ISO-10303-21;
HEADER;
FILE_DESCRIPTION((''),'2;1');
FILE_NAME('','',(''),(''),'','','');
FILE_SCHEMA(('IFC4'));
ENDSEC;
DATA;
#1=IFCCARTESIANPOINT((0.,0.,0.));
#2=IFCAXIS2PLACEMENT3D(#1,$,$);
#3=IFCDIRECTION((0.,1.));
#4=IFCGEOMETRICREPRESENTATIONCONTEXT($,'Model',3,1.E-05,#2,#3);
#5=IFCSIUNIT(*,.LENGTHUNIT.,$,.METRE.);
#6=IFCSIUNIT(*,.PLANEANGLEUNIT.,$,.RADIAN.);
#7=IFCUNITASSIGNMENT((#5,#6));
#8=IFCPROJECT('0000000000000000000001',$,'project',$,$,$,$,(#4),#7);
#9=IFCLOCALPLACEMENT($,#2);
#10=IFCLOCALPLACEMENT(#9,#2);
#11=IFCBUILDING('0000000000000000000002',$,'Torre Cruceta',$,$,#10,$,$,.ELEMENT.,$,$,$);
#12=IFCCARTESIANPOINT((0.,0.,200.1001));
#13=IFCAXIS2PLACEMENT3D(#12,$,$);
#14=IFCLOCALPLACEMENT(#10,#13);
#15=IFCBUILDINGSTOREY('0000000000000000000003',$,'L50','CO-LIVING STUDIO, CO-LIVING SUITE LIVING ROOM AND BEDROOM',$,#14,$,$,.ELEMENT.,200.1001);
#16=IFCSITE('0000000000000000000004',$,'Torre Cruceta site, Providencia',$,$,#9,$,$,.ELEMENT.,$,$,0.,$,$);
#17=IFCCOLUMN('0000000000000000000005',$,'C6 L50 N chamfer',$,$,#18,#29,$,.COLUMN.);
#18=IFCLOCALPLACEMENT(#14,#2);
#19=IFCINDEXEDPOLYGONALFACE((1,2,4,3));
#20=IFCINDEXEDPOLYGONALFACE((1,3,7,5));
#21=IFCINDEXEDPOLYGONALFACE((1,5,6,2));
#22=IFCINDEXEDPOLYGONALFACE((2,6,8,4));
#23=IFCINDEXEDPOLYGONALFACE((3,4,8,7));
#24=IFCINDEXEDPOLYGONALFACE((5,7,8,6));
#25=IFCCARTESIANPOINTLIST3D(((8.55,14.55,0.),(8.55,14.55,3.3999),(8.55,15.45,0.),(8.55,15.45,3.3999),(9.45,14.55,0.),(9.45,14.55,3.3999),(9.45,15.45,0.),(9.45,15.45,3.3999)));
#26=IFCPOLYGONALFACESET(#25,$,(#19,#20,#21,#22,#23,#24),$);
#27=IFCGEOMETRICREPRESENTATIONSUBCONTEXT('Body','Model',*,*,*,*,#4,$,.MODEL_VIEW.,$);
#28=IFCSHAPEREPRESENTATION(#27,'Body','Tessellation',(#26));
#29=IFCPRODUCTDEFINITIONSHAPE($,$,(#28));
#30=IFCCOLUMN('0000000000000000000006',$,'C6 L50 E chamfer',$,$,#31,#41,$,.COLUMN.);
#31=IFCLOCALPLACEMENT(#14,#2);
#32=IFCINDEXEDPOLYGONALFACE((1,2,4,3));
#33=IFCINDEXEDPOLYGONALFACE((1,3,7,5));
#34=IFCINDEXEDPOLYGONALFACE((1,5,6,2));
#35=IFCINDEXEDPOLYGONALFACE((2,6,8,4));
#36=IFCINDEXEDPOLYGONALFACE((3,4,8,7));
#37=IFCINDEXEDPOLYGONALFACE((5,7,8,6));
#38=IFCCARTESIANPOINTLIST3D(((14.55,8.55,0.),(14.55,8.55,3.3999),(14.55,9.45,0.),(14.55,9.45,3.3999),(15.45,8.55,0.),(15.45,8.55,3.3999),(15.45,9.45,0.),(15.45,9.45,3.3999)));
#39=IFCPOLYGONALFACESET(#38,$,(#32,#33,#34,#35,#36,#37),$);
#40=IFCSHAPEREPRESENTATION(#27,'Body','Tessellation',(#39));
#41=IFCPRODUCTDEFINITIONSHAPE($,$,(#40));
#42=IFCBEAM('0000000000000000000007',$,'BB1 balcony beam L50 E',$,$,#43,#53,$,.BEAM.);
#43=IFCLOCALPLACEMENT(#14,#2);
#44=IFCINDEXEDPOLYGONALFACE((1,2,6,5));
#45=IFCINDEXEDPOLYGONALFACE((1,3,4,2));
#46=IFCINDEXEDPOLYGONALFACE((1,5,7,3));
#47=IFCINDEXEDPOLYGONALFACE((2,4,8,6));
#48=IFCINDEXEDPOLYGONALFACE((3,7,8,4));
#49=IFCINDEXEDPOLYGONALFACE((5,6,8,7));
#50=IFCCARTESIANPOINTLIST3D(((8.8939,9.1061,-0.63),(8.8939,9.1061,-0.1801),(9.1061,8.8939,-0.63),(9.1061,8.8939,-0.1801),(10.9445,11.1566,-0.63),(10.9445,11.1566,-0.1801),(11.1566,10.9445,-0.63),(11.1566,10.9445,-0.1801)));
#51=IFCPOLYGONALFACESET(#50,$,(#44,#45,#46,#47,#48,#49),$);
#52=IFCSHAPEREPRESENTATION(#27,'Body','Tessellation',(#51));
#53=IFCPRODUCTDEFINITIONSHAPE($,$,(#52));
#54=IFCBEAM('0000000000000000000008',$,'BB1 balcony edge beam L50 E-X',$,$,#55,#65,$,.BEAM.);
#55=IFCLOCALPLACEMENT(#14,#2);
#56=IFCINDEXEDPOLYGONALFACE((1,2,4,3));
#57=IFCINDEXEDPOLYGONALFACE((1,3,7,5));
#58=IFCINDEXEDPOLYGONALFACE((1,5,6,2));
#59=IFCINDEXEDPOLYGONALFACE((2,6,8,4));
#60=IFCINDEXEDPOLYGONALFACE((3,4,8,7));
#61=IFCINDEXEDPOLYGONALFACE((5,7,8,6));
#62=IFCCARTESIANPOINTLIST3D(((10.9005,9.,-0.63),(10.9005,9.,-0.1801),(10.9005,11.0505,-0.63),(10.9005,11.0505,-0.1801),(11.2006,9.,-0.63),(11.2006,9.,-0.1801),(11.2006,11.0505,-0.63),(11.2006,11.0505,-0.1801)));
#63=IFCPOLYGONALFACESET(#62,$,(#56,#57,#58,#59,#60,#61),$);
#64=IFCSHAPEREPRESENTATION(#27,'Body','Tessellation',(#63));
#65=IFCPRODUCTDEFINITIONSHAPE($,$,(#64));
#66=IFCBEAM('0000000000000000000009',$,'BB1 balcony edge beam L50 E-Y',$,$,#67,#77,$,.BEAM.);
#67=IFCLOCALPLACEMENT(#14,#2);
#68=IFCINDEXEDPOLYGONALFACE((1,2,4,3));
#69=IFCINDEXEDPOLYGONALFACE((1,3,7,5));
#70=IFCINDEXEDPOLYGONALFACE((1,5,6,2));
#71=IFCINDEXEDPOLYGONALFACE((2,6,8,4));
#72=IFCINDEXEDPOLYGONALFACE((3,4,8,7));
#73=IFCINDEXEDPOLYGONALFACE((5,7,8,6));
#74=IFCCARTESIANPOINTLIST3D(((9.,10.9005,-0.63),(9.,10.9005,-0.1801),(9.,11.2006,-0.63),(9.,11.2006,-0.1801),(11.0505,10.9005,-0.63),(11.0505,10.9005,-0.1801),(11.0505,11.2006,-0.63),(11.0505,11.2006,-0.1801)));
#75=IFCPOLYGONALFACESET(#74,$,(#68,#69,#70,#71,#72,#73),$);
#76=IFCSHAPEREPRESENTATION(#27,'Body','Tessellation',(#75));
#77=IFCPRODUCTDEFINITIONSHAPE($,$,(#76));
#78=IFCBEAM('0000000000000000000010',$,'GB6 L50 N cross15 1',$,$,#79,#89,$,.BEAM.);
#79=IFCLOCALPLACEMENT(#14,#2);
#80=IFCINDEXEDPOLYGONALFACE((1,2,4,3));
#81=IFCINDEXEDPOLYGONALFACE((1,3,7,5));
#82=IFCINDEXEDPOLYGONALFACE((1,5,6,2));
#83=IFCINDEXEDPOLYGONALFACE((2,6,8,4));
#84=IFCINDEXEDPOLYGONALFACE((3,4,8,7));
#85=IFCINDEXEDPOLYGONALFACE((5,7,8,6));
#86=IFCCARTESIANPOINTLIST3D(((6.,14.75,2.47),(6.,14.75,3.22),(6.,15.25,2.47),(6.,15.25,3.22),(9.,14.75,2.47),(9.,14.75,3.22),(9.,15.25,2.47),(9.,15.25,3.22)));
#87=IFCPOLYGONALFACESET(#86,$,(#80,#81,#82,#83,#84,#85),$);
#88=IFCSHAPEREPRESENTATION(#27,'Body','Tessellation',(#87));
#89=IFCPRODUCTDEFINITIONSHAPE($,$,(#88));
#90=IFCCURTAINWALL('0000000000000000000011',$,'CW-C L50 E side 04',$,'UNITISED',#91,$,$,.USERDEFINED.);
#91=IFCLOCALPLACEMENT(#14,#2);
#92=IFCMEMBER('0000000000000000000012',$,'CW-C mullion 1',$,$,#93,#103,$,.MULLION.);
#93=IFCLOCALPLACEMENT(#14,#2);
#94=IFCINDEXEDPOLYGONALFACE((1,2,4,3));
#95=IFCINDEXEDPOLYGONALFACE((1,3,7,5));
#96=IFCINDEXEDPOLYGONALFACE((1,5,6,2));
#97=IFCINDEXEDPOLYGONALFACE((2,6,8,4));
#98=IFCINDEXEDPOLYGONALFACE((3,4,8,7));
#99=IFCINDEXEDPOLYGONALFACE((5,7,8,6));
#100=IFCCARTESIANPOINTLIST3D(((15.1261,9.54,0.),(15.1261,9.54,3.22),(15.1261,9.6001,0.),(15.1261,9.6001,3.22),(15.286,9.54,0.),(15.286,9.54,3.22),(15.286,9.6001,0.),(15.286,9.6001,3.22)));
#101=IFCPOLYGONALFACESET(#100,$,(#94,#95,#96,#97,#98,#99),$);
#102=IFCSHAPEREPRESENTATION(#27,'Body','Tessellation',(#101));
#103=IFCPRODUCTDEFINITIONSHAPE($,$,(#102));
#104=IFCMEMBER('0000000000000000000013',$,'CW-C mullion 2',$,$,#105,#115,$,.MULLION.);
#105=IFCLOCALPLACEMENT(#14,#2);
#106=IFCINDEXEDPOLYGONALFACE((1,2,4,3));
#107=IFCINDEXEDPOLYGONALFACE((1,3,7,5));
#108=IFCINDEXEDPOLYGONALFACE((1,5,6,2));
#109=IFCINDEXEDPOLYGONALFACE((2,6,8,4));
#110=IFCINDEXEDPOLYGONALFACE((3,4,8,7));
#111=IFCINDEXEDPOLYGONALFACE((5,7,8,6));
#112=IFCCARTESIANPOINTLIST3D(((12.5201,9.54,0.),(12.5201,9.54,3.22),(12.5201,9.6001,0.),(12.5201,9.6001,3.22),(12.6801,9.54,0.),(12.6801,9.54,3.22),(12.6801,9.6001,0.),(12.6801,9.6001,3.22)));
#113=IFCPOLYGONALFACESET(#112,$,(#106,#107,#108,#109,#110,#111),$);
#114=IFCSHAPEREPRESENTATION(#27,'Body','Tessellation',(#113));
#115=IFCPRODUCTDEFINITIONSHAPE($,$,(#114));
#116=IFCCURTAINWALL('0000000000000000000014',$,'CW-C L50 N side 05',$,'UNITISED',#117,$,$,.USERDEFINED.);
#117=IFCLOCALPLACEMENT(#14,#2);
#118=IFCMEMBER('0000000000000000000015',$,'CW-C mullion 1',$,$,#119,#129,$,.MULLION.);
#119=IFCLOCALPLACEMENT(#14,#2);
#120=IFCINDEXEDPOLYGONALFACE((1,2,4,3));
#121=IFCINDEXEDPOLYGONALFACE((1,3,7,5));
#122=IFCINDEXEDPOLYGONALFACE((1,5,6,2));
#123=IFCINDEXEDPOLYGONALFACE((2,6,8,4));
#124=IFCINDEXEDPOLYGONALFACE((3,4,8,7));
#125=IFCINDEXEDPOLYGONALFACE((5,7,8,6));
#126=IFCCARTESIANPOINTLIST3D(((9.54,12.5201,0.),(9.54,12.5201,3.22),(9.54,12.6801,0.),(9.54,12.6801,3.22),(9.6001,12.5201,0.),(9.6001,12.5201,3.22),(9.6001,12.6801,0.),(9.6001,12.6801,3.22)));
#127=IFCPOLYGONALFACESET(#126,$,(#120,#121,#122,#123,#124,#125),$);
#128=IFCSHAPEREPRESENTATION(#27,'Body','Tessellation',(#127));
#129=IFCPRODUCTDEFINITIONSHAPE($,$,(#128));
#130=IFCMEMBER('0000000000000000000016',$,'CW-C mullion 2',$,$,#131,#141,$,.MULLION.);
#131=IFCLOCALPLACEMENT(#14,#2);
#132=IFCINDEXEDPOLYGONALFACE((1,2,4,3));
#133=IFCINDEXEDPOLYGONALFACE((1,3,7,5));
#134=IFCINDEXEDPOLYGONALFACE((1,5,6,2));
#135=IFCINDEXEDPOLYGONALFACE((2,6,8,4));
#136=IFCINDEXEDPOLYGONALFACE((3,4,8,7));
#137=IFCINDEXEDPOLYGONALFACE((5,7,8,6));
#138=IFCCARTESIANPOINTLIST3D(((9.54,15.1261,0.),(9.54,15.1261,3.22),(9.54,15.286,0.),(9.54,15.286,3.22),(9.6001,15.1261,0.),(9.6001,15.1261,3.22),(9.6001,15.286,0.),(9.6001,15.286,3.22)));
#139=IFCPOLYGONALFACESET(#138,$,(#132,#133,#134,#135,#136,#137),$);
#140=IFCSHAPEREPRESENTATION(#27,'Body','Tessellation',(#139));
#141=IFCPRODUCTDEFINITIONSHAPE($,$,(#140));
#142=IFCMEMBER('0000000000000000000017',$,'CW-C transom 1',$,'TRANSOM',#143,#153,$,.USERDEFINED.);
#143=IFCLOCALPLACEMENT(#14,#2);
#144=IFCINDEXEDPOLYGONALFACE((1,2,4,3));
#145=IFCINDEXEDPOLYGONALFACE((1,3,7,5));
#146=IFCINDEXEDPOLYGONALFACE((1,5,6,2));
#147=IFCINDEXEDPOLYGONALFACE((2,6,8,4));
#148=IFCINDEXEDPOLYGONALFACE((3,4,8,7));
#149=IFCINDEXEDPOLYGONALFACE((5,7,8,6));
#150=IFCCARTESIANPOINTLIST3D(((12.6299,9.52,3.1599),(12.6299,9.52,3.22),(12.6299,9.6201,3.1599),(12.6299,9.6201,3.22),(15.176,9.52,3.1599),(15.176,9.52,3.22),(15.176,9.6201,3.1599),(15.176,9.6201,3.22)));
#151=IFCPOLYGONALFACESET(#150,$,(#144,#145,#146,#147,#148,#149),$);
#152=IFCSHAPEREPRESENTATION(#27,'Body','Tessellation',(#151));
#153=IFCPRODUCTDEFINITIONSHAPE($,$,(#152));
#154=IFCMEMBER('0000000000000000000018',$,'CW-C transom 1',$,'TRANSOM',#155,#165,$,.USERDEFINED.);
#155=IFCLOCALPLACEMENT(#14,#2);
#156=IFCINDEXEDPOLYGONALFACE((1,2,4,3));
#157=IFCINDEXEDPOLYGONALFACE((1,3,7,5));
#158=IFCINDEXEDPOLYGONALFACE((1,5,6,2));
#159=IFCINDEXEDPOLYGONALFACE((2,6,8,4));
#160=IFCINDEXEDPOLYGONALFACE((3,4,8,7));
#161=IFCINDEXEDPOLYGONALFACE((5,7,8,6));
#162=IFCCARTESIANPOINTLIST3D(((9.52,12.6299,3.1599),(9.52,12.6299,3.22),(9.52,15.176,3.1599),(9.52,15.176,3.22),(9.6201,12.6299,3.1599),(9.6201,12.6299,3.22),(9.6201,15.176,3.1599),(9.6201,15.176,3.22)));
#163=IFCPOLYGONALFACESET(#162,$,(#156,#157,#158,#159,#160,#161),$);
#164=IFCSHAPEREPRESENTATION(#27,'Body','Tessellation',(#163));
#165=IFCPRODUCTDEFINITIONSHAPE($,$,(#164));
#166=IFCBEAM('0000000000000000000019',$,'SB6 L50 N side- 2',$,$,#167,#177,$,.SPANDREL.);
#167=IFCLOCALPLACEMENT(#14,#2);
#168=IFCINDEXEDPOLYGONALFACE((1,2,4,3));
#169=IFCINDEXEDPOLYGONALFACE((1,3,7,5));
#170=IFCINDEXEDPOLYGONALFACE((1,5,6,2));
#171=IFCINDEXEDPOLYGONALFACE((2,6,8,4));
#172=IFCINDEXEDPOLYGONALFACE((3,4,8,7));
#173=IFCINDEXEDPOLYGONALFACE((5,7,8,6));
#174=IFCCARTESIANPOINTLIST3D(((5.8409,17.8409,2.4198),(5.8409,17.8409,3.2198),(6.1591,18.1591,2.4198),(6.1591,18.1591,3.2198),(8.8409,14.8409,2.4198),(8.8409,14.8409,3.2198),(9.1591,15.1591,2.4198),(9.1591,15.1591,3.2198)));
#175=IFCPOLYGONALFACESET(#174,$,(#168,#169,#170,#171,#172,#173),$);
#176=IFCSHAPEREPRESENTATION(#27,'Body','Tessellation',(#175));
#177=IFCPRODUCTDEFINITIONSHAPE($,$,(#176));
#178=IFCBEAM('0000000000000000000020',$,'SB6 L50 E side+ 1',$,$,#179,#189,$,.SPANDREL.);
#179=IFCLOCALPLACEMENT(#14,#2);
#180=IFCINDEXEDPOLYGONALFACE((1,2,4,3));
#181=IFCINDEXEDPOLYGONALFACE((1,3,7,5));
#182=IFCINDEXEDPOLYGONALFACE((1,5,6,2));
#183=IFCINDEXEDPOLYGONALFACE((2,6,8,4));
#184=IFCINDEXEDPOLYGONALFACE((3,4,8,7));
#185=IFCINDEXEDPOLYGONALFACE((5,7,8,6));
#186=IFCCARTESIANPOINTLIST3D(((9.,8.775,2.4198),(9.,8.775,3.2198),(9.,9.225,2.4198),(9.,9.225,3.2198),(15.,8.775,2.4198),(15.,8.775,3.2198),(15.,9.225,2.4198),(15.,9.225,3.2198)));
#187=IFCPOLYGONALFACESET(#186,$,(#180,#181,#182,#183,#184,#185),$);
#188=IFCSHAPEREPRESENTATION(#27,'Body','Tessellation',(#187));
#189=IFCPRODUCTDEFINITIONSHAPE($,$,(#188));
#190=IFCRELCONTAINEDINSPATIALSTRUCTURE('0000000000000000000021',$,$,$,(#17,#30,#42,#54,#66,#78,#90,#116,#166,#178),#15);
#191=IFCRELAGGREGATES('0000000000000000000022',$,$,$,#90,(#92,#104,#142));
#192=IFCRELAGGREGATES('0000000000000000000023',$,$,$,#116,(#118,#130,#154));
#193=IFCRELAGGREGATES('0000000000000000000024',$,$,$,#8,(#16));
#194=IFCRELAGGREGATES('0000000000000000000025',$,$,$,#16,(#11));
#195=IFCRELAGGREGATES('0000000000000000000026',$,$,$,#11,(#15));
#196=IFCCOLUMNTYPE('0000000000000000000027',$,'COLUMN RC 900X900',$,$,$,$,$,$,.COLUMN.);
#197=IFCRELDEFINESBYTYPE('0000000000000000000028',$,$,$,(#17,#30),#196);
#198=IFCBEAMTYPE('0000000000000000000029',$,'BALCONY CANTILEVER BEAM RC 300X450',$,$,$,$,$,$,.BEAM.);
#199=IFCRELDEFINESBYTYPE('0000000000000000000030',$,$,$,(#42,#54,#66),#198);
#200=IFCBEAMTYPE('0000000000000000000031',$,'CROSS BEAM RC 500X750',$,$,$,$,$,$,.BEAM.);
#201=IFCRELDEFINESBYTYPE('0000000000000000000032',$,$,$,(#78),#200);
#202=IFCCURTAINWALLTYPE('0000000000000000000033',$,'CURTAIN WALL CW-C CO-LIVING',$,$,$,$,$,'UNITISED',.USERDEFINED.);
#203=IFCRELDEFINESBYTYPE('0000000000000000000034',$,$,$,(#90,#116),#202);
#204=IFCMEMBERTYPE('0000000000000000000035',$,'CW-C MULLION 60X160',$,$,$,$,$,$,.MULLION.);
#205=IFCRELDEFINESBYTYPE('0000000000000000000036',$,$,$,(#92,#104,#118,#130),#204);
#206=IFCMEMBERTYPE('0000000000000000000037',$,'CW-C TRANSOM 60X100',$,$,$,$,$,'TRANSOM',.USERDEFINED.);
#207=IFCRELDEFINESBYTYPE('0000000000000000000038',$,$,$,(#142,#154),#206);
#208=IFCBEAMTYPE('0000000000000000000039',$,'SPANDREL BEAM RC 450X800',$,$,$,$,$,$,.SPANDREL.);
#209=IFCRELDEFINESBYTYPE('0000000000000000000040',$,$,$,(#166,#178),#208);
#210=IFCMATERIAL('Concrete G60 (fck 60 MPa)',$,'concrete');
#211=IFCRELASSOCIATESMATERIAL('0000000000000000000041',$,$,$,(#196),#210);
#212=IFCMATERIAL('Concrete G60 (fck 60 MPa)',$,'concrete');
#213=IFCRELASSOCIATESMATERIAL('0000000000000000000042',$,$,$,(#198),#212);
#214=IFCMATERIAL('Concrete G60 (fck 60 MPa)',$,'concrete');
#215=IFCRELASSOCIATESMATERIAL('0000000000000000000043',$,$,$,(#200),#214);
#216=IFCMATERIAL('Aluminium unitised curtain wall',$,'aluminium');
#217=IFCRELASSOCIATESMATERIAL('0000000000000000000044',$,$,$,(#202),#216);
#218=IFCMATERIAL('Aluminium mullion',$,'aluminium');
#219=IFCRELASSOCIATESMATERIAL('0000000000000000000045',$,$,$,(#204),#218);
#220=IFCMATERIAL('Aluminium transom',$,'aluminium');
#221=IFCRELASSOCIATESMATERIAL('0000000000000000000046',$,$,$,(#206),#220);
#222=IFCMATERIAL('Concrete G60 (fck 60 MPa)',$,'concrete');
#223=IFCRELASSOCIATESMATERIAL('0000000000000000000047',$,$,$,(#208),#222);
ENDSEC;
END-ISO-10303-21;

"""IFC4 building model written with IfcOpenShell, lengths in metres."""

from ifc_helpers import new_model, si_unit, direction, frame, origin, origin_2d, place, context, subcontext, project, spatial, rectangle, extrude, material, material_profile, profile_set, type_object, element, aggregate, save


model = new_model("IFC4")

# Units and contexts
model_context = context("Model", 3, precision=1e-05, world=origin(), true_north=direction((0.0, 1.0)))
body_context = subcontext(model_context, "Body", "Model", "MODEL_VIEW")
ifc_project = project(units=[si_unit("LENGTHUNIT", "METRE"), si_unit("PLANEANGLEUNIT", "RADIAN")], contexts=[model_context])

# Site, building, storey
site_placement = place(None, origin())
site = spatial("IfcSite", under=ifc_project, at=site_placement, Name="Torre Cruceta site, Providencia", CompositionType="ELEMENT", RefElevation=0.0)
building_placement = place(site_placement, origin())
building = spatial("IfcBuilding", under=site, at=building_placement, Name="Torre Cruceta", CompositionType="ELEMENT")
storey_placement = place(building_placement, frame((0.0, 0.0, 200.1001)))
storey = spatial("IfcBuildingStorey", under=building, at=storey_placement, Name="L50", Description="CO-LIVING STUDIO, CO-LIVING SUITE LIVING ROOM AND BEDROOM", CompositionType="ELEMENT", Elevation=200.1001)

# Columns
ifc_material_1 = material(Name="Concrete G60 (fck 60 MPa)", Category="concrete")
ifc_material_profile_1 = material_profile(ifc_material_1, rectangle(XDim=0.8999, YDim=0.8999, at=origin_2d()), Name="RC 900X900")
ifc_profile_set_1 = profile_set([ifc_material_profile_1], Name="Concrete G60 (fck 60 MPa)")
column_type = type_object("IfcColumnType", Name="COLUMN RC 900X900", PredefinedType="COLUMN", material=ifc_profile_set_1)
for number, where, z_axis, x_axis, name in (
    (1, (9.0, 15.0, 0.0), (0.0, 0.0, 1.0), (1.0, 0.0, 0.0), "C6 L50 N chamfer"),
    (2, (15.0, 9.0, 0.0), (0.0, 0.0, 1.0), (1.0, 0.0, 0.0), "C6 L50 E chamfer"),
):
    element("IfcColumn", number, at=place(storey_placement, frame(where, z_axis=z_axis, x_axis=x_axis)), inside=storey, type_object=column_type, Name=name, PredefinedType="COLUMN", context=body_context, shape_type="SweptSolid", body=[
        extrude(rectangle(XDim=0.8999, YDim=0.8999, at=origin_2d()), origin(), (0.0, 0.0, 1.0), 3.3999),
    ])

# Beams
ifc_material_2 = material(Name="Concrete G60 (fck 60 MPa)", Category="concrete")
ifc_material_profile_2 = material_profile(ifc_material_2, rectangle(XDim=0.3, YDim=0.45, at=origin_2d()), Name="RC 300X450")
ifc_profile_set_2 = profile_set([ifc_material_profile_2], Name="Concrete G60 (fck 60 MPa)")
beam_type_1 = type_object("IfcBeamType", Name="BALCONY CANTILEVER BEAM RC 300X450", PredefinedType="BEAM", material=ifc_profile_set_2)
beam_1_placement = place(storey_placement, frame((9.0, 9.0, -0.405), z_axis=(0.707107, 0.707107, 0.0), x_axis=(-0.707107, 0.707107, 0.0)))
element("IfcBeam", 3, at=beam_1_placement, inside=storey, type_object=beam_type_1, Name="BB1 balcony beam L50 E", PredefinedType="BEAM", context=body_context, shape_type="SweptSolid", body=[
    extrude(rectangle(XDim=0.3, YDim=0.45, at=origin_2d()), origin(), (0.0, 0.0, 1.0), 2.8999),
])
for number, where, z_axis, x_axis, name in (
    (4, (11.0505, 9.0, -0.405), (0.0, 1.0, 0.0), (-1.0, 0.0, 0.0), "BB1 balcony edge beam L50 E-X"),
    (5, (9.0, 11.0505, -0.405), (1.0, 0.0, 0.0), (0.0, 1.0, 0.0), "BB1 balcony edge beam L50 E-Y"),
):
    element("IfcBeam", number, at=place(storey_placement, frame(where, z_axis=z_axis, x_axis=x_axis)), inside=storey, type_object=beam_type_1, Name=name, PredefinedType="BEAM", context=body_context, shape_type="SweptSolid", body=[
        extrude(rectangle(XDim=0.3, YDim=0.45, at=origin_2d()), origin(), (0.0, 0.0, 1.0), 2.0505),
    ])
ifc_material_3 = material(Name="Concrete G60 (fck 60 MPa)", Category="concrete")
ifc_material_profile_3 = material_profile(ifc_material_3, rectangle(XDim=0.5, YDim=0.75, at=origin_2d()), Name="RC 500X750")
ifc_profile_set_3 = profile_set([ifc_material_profile_3], Name="Concrete G60 (fck 60 MPa)")
beam_type_2 = type_object("IfcBeamType", Name="CROSS BEAM RC 500X750", PredefinedType="BEAM", material=ifc_profile_set_3)
beam_2_placement = place(storey_placement, frame((9.0, 15.0, 2.845), z_axis=(-1.0, 0.0, 0.0), x_axis=(0.0, -1.0, 0.0)))
element("IfcBeam", 6, at=beam_2_placement, inside=storey, type_object=beam_type_2, Name="GB6 L50 N cross15 1", PredefinedType="BEAM", context=body_context, shape_type="SweptSolid", body=[
    extrude(rectangle(XDim=0.5, YDim=0.75, at=origin_2d()), origin(), (0.0, 0.0, 1.0), 3.0),
])

# Curtain walls, members
ifc_material_4 = material(Name="Aluminium unitised curtain wall", Category="aluminium")
curtain_wall_type = type_object("IfcCurtainWallType", Name="CURTAIN WALL CW-C CO-LIVING", ElementType="UNITISED", PredefinedType="USERDEFINED", material=ifc_material_4)
curtain_wall_1_placement = place(storey_placement, origin())
curtain_wall_1 = element("IfcCurtainWall", 7, at=curtain_wall_1_placement, inside=storey, type_object=curtain_wall_type, Name="CW-C L50 E side 04", ObjectType="UNITISED", PredefinedType="USERDEFINED")
ifc_material_5 = material(Name="Aluminium mullion", Category="aluminium")
ifc_material_profile_4 = material_profile(ifc_material_5, rectangle(XDim=0.0601, YDim=0.1599, at=origin_2d()), Name="AL 60X160")
ifc_profile_set_4 = profile_set([ifc_material_profile_4], Name="Aluminium mullion")
member_type_1 = type_object("IfcMemberType", Name="CW-C MULLION 60X160", PredefinedType="MULLION", material=ifc_profile_set_4)
member_1_placement = place(storey_placement, frame((15.2061, 9.5701, 0.0), z_axis=(0.0, 0.0, 1.0), x_axis=(0.0, -1.0, 0.0)))
member_1 = element("IfcMember", 8, at=member_1_placement, type_object=member_type_1, Name="CW-C mullion 1", PredefinedType="MULLION", context=body_context, shape_type="SweptSolid", body=[
    extrude(rectangle(XDim=0.0601, YDim=0.1599, at=origin_2d()), origin(), (0.0, 0.0, 1.0), 3.22),
])
member_2_placement = place(storey_placement, frame((12.6001, 9.5701, 0.0), z_axis=(0.0, 0.0, 1.0), x_axis=(0.0, -1.0, 0.0)))
member_2 = element("IfcMember", 9, at=member_2_placement, type_object=member_type_1, Name="CW-C mullion 2", PredefinedType="MULLION", context=body_context, shape_type="SweptSolid", body=[
    extrude(rectangle(XDim=0.0601, YDim=0.1599, at=origin_2d()), origin(), (0.0, 0.0, 1.0), 3.22),
])
curtain_wall_2_placement = place(storey_placement, origin())
curtain_wall_2 = element("IfcCurtainWall", 10, at=curtain_wall_2_placement, inside=storey, type_object=curtain_wall_type, Name="CW-C L50 N side 05", ObjectType="UNITISED", PredefinedType="USERDEFINED")
member_3_placement = place(storey_placement, frame((9.5701, 12.6001, 0.0), z_axis=(0.0, 0.0, 1.0), x_axis=(-1.0, 0.0, 0.0)))
member_3 = element("IfcMember", 11, at=member_3_placement, type_object=member_type_1, Name="CW-C mullion 1", PredefinedType="MULLION", context=body_context, shape_type="SweptSolid", body=[
    extrude(rectangle(XDim=0.0601, YDim=0.1599, at=origin_2d()), origin(), (0.0, 0.0, 1.0), 3.22),
])
member_4_placement = place(storey_placement, frame((9.5701, 15.2061, 0.0), z_axis=(0.0, 0.0, 1.0), x_axis=(-1.0, 0.0, 0.0)))
member_4 = element("IfcMember", 12, at=member_4_placement, type_object=member_type_1, Name="CW-C mullion 2", PredefinedType="MULLION", context=body_context, shape_type="SweptSolid", body=[
    extrude(rectangle(XDim=0.0601, YDim=0.1599, at=origin_2d()), origin(), (0.0, 0.0, 1.0), 3.22),
])

# Members
ifc_material_6 = material(Name="Aluminium transom", Category="aluminium")
ifc_material_profile_5 = material_profile(ifc_material_6, rectangle(XDim=0.1001, YDim=0.0601, at=origin_2d()), Name="AL 100X60")
ifc_profile_set_5 = profile_set([ifc_material_profile_5], Name="Aluminium transom")
member_type_2 = type_object("IfcMemberType", Name="CW-C TRANSOM 60X100", ElementType="TRANSOM", PredefinedType="USERDEFINED", material=ifc_profile_set_5)
member_5_placement = place(storey_placement, frame((15.176, 9.5701, 3.1899), z_axis=(-1.0, 0.0, 0.0), x_axis=(0.0, -1.0, 0.0)))
member_5 = element("IfcMember", 13, at=member_5_placement, type_object=member_type_2, Name="CW-C transom 1", ObjectType="TRANSOM", PredefinedType="USERDEFINED", context=body_context, shape_type="SweptSolid", body=[
    extrude(rectangle(XDim=0.1001, YDim=0.0601, at=origin_2d()), origin(), (0.0, 0.0, 1.0), 2.5461),
])
member_6_placement = place(storey_placement, frame((9.5701, 12.6299, 3.1899), z_axis=(0.0, 1.0, 0.0), x_axis=(-1.0, 0.0, 0.0)))
member_6 = element("IfcMember", 14, at=member_6_placement, type_object=member_type_2, Name="CW-C transom 1", ObjectType="TRANSOM", PredefinedType="USERDEFINED", context=body_context, shape_type="SweptSolid", body=[
    extrude(rectangle(XDim=0.1001, YDim=0.0601, at=origin_2d()), origin(), (0.0, 0.0, 1.0), 2.5461),
])

# Beams
ifc_material_7 = material(Name="Concrete G60 (fck 60 MPa)", Category="concrete")
ifc_material_profile_6 = material_profile(ifc_material_7, rectangle(XDim=0.45, YDim=0.8, at=origin_2d()), Name="RC 450X800")
ifc_profile_set_6 = profile_set([ifc_material_profile_6], Name="Concrete G60 (fck 60 MPa)")
beam_type_3 = type_object("IfcBeamType", Name="SPANDREL BEAM RC 450X800", PredefinedType="SPANDREL", material=ifc_profile_set_6)
beam_3_placement = place(storey_placement, frame((9.0, 15.0, 2.8198), z_axis=(-0.707107, 0.707107, 0.0), x_axis=(-0.707107, -0.707107, 0.0)))
element("IfcBeam", 15, at=beam_3_placement, inside=storey, type_object=beam_type_3, Name="SB6 L50 N side- 2", PredefinedType="SPANDREL", context=body_context, shape_type="SweptSolid", body=[
    extrude(rectangle(XDim=0.45, YDim=0.8, at=origin_2d()), origin(), (0.0, 0.0, 1.0), 4.2427),
])
beam_4_placement = place(storey_placement, frame((9.0, 9.0, 2.8198), z_axis=(1.0, 0.0, 0.0), x_axis=(0.0, 1.0, 0.0)))
element("IfcBeam", 16, at=beam_4_placement, inside=storey, type_object=beam_type_3, Name="SB6 L50 E side+ 1", PredefinedType="SPANDREL", context=body_context, shape_type="SweptSolid", body=[
    extrude(rectangle(XDim=0.45, YDim=0.8, at=origin_2d()), origin(), (0.0, 0.0, 1.0), 6.0),
])

aggregate(curtain_wall_1, [member_1, member_2, member_5])
aggregate(curtain_wall_2, [member_3, member_4, member_6])

save(model, "model.ifc")
